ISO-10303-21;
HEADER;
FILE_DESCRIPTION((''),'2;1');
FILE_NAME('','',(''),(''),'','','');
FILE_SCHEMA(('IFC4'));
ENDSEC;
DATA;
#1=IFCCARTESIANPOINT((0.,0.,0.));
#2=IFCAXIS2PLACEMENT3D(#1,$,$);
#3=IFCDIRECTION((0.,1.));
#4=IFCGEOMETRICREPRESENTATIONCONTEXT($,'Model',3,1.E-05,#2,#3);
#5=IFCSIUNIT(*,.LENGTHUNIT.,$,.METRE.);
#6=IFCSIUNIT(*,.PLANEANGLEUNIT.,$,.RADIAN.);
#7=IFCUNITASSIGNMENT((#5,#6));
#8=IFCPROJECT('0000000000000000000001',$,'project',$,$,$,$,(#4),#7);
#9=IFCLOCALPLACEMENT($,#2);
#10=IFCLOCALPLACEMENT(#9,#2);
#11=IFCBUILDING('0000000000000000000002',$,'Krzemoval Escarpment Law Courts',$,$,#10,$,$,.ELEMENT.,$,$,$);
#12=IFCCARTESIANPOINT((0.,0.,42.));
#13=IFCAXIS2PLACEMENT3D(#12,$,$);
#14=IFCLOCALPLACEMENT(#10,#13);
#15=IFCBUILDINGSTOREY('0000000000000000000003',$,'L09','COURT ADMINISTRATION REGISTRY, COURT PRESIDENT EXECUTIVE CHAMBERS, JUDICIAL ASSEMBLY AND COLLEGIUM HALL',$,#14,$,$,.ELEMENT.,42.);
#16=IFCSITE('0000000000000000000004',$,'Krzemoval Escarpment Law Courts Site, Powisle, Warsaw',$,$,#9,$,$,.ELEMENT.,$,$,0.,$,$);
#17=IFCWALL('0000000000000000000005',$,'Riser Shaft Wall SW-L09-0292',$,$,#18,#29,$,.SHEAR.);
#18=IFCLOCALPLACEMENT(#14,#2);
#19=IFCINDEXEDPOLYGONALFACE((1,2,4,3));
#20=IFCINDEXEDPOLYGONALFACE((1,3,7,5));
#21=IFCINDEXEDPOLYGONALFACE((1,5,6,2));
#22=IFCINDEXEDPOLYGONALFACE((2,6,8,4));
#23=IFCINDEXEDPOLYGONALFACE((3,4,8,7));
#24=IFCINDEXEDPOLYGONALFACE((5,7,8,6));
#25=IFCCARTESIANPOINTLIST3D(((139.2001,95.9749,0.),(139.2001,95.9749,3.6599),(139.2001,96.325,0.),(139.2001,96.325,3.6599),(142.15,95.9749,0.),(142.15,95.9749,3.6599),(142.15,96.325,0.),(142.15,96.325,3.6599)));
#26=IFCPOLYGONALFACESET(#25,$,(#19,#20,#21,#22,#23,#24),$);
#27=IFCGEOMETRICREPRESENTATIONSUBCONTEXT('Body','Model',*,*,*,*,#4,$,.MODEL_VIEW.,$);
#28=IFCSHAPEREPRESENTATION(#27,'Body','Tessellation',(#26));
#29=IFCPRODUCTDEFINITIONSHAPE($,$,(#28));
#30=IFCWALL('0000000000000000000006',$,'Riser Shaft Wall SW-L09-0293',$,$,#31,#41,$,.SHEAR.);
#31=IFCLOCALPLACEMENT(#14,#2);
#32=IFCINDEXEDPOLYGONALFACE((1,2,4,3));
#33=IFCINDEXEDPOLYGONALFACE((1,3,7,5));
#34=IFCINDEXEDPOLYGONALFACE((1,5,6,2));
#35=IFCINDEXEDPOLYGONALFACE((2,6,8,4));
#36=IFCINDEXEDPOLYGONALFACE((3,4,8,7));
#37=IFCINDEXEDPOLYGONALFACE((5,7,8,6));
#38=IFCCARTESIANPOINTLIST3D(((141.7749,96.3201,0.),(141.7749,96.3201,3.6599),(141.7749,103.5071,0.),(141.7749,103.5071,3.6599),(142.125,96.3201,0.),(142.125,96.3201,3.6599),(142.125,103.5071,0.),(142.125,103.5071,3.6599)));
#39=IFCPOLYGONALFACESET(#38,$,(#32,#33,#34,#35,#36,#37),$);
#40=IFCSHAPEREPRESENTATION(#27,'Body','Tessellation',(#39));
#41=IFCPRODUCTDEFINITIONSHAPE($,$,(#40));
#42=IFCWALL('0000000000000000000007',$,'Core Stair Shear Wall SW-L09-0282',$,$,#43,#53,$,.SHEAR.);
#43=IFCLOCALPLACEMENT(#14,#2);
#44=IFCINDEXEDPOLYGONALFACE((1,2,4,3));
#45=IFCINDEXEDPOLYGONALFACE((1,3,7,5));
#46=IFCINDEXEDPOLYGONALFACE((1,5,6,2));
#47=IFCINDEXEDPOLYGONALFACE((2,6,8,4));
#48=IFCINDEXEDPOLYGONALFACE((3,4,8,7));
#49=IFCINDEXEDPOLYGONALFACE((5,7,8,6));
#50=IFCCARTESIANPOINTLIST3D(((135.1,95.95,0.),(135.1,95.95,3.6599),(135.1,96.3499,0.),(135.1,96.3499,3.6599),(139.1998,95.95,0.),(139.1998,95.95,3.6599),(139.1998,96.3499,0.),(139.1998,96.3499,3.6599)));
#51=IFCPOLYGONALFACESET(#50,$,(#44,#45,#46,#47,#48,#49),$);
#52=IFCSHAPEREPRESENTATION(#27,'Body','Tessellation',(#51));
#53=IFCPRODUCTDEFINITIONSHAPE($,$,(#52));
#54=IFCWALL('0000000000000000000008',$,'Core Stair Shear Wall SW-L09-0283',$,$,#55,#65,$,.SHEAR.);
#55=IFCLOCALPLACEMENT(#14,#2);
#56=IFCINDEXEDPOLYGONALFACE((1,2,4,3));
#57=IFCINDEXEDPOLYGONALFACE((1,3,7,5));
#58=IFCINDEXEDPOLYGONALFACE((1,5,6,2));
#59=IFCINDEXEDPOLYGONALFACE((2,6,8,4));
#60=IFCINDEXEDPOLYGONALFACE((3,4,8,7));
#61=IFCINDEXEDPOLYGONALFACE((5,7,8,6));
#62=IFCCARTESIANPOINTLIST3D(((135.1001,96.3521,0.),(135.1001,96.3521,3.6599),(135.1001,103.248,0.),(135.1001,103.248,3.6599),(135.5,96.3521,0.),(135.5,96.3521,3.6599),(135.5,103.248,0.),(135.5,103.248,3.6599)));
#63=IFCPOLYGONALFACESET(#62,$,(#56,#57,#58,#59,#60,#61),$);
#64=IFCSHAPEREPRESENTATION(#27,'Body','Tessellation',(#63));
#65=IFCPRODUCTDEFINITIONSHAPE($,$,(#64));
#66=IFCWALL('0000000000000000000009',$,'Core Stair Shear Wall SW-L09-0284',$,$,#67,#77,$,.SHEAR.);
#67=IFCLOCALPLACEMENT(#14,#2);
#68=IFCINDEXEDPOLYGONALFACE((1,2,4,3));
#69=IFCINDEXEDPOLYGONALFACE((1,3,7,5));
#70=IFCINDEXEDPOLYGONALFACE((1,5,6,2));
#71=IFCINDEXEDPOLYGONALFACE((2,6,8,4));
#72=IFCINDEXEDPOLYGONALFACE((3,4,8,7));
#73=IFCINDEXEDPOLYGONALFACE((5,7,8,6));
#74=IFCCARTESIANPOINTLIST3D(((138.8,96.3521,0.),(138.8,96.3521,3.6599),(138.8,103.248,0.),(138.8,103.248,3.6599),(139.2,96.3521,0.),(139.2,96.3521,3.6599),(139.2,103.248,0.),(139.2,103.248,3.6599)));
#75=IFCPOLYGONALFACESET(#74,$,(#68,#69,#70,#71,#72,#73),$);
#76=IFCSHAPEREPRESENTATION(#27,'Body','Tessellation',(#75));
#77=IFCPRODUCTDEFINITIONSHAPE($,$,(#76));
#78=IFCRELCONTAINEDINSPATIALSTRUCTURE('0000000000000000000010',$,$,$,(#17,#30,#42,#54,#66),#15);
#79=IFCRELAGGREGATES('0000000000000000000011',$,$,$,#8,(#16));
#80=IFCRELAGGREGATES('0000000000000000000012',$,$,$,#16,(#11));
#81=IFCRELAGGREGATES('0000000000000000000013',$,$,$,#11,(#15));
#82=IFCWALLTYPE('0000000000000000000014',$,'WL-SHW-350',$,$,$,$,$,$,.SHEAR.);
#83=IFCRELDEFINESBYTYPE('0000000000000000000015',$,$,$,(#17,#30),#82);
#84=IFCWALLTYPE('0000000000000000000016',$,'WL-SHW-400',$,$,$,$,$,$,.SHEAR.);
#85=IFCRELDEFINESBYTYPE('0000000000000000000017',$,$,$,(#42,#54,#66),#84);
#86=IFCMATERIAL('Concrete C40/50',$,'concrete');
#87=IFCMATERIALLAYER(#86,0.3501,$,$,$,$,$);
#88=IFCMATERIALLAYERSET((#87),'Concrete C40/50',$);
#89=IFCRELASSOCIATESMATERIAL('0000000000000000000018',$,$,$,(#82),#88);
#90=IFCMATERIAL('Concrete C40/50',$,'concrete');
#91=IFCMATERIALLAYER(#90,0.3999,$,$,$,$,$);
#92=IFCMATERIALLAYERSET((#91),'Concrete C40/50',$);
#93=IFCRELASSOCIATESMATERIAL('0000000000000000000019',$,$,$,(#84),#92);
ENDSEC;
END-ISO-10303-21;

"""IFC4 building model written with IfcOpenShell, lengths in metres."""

from ifc_helpers import new_model, si_unit, direction, frame, frame_2d, origin, place, context, subcontext, project, spatial, rectangle, extrude, material, layer, layer_set, type_object, element, save


model = new_model("IFC4")

# Units and contexts
model_context = context("Model", 3, precision=1e-05, world=origin(), true_north=direction((0.0, 1.0)))
body_context = subcontext(model_context, "Body", "Model", "MODEL_VIEW")
ifc_project = project(units=[si_unit("LENGTHUNIT", "METRE"), si_unit("PLANEANGLEUNIT", "RADIAN")], contexts=[model_context])

# Site, building, storey
site_placement = place(None, origin())
site = spatial("IfcSite", under=ifc_project, at=site_placement, Name="Krzemoval Escarpment Law Courts Site, Powisle, Warsaw", CompositionType="ELEMENT", RefElevation=0.0)
building_placement = place(site_placement, origin())
building = spatial("IfcBuilding", under=site, at=building_placement, Name="Krzemoval Escarpment Law Courts", CompositionType="ELEMENT")
storey_placement = place(building_placement, frame((0.0, 0.0, 42.0)))
storey = spatial("IfcBuildingStorey", under=building, at=storey_placement, Name="L09", Description="COURT ADMINISTRATION REGISTRY, COURT PRESIDENT EXECUTIVE CHAMBERS, JUDICIAL ASSEMBLY AND COLLEGIUM HALL", CompositionType="ELEMENT", Elevation=42.0)

# Walls
ifc_material_1 = material(Name="Concrete C40/50", Category="concrete")
ifc_layer_1 = layer(ifc_material_1, 0.3501)
ifc_layer_set_1 = layer_set([ifc_layer_1], Name="Concrete C40/50")
wall_type_1 = type_object("IfcWallType", Name="WL-SHW-350", PredefinedType="SHEAR", material=ifc_layer_set_1)
wall_1_placement = place(storey_placement, frame((139.2, 96.1499, 0.0), z_axis=(0.0, 0.0, 1.0), x_axis=(1.0, 0.0, 0.0)))
element("IfcWall", 1, at=wall_1_placement, inside=storey, type_object=wall_type_1, Name="Riser Shaft Wall SW-L09-0292", PredefinedType="SHEAR", context=body_context, shape_type="SweptSolid", body=[
    extrude(rectangle(XDim=2.95, YDim=0.3501, at=frame_2d((1.4751, 0.0))), origin(), (0.0, 0.0, 1.0), 3.6599),
])
wall_2_placement = place(storey_placement, frame((141.95, 96.3201, 0.0), z_axis=(0.0, 0.0, 1.0), x_axis=(0.0, 1.0, 0.0)))
element("IfcWall", 2, at=wall_2_placement, inside=storey, type_object=wall_type_1, Name="Riser Shaft Wall SW-L09-0293", PredefinedType="SHEAR", context=body_context, shape_type="SweptSolid", body=[
    extrude(rectangle(XDim=7.187, YDim=0.3501, at=frame_2d((3.5935, 0.0))), origin(), (0.0, 0.0, 1.0), 3.6599),
])
ifc_material_2 = material(Name="Concrete C40/50", Category="concrete")
ifc_layer_2 = layer(ifc_material_2, 0.3999)
ifc_layer_set_2 = layer_set([ifc_layer_2], Name="Concrete C40/50")
wall_type_2 = type_object("IfcWallType", Name="WL-SHW-400", PredefinedType="SHEAR", material=ifc_layer_set_2)
wall_3_placement = place(storey_placement, frame((135.1001, 96.1499, 0.0), z_axis=(0.0, 0.0, 1.0), x_axis=(1.0, 0.0, 0.0)))
element("IfcWall", 3, at=wall_3_placement, inside=storey, type_object=wall_type_2, Name="Core Stair Shear Wall SW-L09-0282", PredefinedType="SHEAR", context=body_context, shape_type="SweptSolid", body=[
    extrude(rectangle(XDim=4.0999, YDim=0.3999, at=frame_2d((2.0498, 0.0))), origin(), (0.0, 0.0, 1.0), 3.6599),
])
for number, where, z_axis, x_axis, name in (
    (4, (135.3, 96.3521, 0.0), (0.0, 0.0, 1.0), (0.0, 1.0, 0.0), "Core Stair Shear Wall SW-L09-0283"),
    (5, (139.0, 96.3521, 0.0), (0.0, 0.0, 1.0), (0.0, 1.0, 0.0), "Core Stair Shear Wall SW-L09-0284"),
):
    element("IfcWall", number, at=place(storey_placement, frame(where, z_axis=z_axis, x_axis=x_axis)), inside=storey, type_object=wall_type_2, Name=name, PredefinedType="SHEAR", context=body_context, shape_type="SweptSolid", body=[
        extrude(rectangle(XDim=6.896, YDim=0.3999, at=frame_2d((3.448, 0.0))), origin(), (0.0, 0.0, 1.0), 3.6599),
    ])

save(model, "model.ifc")
